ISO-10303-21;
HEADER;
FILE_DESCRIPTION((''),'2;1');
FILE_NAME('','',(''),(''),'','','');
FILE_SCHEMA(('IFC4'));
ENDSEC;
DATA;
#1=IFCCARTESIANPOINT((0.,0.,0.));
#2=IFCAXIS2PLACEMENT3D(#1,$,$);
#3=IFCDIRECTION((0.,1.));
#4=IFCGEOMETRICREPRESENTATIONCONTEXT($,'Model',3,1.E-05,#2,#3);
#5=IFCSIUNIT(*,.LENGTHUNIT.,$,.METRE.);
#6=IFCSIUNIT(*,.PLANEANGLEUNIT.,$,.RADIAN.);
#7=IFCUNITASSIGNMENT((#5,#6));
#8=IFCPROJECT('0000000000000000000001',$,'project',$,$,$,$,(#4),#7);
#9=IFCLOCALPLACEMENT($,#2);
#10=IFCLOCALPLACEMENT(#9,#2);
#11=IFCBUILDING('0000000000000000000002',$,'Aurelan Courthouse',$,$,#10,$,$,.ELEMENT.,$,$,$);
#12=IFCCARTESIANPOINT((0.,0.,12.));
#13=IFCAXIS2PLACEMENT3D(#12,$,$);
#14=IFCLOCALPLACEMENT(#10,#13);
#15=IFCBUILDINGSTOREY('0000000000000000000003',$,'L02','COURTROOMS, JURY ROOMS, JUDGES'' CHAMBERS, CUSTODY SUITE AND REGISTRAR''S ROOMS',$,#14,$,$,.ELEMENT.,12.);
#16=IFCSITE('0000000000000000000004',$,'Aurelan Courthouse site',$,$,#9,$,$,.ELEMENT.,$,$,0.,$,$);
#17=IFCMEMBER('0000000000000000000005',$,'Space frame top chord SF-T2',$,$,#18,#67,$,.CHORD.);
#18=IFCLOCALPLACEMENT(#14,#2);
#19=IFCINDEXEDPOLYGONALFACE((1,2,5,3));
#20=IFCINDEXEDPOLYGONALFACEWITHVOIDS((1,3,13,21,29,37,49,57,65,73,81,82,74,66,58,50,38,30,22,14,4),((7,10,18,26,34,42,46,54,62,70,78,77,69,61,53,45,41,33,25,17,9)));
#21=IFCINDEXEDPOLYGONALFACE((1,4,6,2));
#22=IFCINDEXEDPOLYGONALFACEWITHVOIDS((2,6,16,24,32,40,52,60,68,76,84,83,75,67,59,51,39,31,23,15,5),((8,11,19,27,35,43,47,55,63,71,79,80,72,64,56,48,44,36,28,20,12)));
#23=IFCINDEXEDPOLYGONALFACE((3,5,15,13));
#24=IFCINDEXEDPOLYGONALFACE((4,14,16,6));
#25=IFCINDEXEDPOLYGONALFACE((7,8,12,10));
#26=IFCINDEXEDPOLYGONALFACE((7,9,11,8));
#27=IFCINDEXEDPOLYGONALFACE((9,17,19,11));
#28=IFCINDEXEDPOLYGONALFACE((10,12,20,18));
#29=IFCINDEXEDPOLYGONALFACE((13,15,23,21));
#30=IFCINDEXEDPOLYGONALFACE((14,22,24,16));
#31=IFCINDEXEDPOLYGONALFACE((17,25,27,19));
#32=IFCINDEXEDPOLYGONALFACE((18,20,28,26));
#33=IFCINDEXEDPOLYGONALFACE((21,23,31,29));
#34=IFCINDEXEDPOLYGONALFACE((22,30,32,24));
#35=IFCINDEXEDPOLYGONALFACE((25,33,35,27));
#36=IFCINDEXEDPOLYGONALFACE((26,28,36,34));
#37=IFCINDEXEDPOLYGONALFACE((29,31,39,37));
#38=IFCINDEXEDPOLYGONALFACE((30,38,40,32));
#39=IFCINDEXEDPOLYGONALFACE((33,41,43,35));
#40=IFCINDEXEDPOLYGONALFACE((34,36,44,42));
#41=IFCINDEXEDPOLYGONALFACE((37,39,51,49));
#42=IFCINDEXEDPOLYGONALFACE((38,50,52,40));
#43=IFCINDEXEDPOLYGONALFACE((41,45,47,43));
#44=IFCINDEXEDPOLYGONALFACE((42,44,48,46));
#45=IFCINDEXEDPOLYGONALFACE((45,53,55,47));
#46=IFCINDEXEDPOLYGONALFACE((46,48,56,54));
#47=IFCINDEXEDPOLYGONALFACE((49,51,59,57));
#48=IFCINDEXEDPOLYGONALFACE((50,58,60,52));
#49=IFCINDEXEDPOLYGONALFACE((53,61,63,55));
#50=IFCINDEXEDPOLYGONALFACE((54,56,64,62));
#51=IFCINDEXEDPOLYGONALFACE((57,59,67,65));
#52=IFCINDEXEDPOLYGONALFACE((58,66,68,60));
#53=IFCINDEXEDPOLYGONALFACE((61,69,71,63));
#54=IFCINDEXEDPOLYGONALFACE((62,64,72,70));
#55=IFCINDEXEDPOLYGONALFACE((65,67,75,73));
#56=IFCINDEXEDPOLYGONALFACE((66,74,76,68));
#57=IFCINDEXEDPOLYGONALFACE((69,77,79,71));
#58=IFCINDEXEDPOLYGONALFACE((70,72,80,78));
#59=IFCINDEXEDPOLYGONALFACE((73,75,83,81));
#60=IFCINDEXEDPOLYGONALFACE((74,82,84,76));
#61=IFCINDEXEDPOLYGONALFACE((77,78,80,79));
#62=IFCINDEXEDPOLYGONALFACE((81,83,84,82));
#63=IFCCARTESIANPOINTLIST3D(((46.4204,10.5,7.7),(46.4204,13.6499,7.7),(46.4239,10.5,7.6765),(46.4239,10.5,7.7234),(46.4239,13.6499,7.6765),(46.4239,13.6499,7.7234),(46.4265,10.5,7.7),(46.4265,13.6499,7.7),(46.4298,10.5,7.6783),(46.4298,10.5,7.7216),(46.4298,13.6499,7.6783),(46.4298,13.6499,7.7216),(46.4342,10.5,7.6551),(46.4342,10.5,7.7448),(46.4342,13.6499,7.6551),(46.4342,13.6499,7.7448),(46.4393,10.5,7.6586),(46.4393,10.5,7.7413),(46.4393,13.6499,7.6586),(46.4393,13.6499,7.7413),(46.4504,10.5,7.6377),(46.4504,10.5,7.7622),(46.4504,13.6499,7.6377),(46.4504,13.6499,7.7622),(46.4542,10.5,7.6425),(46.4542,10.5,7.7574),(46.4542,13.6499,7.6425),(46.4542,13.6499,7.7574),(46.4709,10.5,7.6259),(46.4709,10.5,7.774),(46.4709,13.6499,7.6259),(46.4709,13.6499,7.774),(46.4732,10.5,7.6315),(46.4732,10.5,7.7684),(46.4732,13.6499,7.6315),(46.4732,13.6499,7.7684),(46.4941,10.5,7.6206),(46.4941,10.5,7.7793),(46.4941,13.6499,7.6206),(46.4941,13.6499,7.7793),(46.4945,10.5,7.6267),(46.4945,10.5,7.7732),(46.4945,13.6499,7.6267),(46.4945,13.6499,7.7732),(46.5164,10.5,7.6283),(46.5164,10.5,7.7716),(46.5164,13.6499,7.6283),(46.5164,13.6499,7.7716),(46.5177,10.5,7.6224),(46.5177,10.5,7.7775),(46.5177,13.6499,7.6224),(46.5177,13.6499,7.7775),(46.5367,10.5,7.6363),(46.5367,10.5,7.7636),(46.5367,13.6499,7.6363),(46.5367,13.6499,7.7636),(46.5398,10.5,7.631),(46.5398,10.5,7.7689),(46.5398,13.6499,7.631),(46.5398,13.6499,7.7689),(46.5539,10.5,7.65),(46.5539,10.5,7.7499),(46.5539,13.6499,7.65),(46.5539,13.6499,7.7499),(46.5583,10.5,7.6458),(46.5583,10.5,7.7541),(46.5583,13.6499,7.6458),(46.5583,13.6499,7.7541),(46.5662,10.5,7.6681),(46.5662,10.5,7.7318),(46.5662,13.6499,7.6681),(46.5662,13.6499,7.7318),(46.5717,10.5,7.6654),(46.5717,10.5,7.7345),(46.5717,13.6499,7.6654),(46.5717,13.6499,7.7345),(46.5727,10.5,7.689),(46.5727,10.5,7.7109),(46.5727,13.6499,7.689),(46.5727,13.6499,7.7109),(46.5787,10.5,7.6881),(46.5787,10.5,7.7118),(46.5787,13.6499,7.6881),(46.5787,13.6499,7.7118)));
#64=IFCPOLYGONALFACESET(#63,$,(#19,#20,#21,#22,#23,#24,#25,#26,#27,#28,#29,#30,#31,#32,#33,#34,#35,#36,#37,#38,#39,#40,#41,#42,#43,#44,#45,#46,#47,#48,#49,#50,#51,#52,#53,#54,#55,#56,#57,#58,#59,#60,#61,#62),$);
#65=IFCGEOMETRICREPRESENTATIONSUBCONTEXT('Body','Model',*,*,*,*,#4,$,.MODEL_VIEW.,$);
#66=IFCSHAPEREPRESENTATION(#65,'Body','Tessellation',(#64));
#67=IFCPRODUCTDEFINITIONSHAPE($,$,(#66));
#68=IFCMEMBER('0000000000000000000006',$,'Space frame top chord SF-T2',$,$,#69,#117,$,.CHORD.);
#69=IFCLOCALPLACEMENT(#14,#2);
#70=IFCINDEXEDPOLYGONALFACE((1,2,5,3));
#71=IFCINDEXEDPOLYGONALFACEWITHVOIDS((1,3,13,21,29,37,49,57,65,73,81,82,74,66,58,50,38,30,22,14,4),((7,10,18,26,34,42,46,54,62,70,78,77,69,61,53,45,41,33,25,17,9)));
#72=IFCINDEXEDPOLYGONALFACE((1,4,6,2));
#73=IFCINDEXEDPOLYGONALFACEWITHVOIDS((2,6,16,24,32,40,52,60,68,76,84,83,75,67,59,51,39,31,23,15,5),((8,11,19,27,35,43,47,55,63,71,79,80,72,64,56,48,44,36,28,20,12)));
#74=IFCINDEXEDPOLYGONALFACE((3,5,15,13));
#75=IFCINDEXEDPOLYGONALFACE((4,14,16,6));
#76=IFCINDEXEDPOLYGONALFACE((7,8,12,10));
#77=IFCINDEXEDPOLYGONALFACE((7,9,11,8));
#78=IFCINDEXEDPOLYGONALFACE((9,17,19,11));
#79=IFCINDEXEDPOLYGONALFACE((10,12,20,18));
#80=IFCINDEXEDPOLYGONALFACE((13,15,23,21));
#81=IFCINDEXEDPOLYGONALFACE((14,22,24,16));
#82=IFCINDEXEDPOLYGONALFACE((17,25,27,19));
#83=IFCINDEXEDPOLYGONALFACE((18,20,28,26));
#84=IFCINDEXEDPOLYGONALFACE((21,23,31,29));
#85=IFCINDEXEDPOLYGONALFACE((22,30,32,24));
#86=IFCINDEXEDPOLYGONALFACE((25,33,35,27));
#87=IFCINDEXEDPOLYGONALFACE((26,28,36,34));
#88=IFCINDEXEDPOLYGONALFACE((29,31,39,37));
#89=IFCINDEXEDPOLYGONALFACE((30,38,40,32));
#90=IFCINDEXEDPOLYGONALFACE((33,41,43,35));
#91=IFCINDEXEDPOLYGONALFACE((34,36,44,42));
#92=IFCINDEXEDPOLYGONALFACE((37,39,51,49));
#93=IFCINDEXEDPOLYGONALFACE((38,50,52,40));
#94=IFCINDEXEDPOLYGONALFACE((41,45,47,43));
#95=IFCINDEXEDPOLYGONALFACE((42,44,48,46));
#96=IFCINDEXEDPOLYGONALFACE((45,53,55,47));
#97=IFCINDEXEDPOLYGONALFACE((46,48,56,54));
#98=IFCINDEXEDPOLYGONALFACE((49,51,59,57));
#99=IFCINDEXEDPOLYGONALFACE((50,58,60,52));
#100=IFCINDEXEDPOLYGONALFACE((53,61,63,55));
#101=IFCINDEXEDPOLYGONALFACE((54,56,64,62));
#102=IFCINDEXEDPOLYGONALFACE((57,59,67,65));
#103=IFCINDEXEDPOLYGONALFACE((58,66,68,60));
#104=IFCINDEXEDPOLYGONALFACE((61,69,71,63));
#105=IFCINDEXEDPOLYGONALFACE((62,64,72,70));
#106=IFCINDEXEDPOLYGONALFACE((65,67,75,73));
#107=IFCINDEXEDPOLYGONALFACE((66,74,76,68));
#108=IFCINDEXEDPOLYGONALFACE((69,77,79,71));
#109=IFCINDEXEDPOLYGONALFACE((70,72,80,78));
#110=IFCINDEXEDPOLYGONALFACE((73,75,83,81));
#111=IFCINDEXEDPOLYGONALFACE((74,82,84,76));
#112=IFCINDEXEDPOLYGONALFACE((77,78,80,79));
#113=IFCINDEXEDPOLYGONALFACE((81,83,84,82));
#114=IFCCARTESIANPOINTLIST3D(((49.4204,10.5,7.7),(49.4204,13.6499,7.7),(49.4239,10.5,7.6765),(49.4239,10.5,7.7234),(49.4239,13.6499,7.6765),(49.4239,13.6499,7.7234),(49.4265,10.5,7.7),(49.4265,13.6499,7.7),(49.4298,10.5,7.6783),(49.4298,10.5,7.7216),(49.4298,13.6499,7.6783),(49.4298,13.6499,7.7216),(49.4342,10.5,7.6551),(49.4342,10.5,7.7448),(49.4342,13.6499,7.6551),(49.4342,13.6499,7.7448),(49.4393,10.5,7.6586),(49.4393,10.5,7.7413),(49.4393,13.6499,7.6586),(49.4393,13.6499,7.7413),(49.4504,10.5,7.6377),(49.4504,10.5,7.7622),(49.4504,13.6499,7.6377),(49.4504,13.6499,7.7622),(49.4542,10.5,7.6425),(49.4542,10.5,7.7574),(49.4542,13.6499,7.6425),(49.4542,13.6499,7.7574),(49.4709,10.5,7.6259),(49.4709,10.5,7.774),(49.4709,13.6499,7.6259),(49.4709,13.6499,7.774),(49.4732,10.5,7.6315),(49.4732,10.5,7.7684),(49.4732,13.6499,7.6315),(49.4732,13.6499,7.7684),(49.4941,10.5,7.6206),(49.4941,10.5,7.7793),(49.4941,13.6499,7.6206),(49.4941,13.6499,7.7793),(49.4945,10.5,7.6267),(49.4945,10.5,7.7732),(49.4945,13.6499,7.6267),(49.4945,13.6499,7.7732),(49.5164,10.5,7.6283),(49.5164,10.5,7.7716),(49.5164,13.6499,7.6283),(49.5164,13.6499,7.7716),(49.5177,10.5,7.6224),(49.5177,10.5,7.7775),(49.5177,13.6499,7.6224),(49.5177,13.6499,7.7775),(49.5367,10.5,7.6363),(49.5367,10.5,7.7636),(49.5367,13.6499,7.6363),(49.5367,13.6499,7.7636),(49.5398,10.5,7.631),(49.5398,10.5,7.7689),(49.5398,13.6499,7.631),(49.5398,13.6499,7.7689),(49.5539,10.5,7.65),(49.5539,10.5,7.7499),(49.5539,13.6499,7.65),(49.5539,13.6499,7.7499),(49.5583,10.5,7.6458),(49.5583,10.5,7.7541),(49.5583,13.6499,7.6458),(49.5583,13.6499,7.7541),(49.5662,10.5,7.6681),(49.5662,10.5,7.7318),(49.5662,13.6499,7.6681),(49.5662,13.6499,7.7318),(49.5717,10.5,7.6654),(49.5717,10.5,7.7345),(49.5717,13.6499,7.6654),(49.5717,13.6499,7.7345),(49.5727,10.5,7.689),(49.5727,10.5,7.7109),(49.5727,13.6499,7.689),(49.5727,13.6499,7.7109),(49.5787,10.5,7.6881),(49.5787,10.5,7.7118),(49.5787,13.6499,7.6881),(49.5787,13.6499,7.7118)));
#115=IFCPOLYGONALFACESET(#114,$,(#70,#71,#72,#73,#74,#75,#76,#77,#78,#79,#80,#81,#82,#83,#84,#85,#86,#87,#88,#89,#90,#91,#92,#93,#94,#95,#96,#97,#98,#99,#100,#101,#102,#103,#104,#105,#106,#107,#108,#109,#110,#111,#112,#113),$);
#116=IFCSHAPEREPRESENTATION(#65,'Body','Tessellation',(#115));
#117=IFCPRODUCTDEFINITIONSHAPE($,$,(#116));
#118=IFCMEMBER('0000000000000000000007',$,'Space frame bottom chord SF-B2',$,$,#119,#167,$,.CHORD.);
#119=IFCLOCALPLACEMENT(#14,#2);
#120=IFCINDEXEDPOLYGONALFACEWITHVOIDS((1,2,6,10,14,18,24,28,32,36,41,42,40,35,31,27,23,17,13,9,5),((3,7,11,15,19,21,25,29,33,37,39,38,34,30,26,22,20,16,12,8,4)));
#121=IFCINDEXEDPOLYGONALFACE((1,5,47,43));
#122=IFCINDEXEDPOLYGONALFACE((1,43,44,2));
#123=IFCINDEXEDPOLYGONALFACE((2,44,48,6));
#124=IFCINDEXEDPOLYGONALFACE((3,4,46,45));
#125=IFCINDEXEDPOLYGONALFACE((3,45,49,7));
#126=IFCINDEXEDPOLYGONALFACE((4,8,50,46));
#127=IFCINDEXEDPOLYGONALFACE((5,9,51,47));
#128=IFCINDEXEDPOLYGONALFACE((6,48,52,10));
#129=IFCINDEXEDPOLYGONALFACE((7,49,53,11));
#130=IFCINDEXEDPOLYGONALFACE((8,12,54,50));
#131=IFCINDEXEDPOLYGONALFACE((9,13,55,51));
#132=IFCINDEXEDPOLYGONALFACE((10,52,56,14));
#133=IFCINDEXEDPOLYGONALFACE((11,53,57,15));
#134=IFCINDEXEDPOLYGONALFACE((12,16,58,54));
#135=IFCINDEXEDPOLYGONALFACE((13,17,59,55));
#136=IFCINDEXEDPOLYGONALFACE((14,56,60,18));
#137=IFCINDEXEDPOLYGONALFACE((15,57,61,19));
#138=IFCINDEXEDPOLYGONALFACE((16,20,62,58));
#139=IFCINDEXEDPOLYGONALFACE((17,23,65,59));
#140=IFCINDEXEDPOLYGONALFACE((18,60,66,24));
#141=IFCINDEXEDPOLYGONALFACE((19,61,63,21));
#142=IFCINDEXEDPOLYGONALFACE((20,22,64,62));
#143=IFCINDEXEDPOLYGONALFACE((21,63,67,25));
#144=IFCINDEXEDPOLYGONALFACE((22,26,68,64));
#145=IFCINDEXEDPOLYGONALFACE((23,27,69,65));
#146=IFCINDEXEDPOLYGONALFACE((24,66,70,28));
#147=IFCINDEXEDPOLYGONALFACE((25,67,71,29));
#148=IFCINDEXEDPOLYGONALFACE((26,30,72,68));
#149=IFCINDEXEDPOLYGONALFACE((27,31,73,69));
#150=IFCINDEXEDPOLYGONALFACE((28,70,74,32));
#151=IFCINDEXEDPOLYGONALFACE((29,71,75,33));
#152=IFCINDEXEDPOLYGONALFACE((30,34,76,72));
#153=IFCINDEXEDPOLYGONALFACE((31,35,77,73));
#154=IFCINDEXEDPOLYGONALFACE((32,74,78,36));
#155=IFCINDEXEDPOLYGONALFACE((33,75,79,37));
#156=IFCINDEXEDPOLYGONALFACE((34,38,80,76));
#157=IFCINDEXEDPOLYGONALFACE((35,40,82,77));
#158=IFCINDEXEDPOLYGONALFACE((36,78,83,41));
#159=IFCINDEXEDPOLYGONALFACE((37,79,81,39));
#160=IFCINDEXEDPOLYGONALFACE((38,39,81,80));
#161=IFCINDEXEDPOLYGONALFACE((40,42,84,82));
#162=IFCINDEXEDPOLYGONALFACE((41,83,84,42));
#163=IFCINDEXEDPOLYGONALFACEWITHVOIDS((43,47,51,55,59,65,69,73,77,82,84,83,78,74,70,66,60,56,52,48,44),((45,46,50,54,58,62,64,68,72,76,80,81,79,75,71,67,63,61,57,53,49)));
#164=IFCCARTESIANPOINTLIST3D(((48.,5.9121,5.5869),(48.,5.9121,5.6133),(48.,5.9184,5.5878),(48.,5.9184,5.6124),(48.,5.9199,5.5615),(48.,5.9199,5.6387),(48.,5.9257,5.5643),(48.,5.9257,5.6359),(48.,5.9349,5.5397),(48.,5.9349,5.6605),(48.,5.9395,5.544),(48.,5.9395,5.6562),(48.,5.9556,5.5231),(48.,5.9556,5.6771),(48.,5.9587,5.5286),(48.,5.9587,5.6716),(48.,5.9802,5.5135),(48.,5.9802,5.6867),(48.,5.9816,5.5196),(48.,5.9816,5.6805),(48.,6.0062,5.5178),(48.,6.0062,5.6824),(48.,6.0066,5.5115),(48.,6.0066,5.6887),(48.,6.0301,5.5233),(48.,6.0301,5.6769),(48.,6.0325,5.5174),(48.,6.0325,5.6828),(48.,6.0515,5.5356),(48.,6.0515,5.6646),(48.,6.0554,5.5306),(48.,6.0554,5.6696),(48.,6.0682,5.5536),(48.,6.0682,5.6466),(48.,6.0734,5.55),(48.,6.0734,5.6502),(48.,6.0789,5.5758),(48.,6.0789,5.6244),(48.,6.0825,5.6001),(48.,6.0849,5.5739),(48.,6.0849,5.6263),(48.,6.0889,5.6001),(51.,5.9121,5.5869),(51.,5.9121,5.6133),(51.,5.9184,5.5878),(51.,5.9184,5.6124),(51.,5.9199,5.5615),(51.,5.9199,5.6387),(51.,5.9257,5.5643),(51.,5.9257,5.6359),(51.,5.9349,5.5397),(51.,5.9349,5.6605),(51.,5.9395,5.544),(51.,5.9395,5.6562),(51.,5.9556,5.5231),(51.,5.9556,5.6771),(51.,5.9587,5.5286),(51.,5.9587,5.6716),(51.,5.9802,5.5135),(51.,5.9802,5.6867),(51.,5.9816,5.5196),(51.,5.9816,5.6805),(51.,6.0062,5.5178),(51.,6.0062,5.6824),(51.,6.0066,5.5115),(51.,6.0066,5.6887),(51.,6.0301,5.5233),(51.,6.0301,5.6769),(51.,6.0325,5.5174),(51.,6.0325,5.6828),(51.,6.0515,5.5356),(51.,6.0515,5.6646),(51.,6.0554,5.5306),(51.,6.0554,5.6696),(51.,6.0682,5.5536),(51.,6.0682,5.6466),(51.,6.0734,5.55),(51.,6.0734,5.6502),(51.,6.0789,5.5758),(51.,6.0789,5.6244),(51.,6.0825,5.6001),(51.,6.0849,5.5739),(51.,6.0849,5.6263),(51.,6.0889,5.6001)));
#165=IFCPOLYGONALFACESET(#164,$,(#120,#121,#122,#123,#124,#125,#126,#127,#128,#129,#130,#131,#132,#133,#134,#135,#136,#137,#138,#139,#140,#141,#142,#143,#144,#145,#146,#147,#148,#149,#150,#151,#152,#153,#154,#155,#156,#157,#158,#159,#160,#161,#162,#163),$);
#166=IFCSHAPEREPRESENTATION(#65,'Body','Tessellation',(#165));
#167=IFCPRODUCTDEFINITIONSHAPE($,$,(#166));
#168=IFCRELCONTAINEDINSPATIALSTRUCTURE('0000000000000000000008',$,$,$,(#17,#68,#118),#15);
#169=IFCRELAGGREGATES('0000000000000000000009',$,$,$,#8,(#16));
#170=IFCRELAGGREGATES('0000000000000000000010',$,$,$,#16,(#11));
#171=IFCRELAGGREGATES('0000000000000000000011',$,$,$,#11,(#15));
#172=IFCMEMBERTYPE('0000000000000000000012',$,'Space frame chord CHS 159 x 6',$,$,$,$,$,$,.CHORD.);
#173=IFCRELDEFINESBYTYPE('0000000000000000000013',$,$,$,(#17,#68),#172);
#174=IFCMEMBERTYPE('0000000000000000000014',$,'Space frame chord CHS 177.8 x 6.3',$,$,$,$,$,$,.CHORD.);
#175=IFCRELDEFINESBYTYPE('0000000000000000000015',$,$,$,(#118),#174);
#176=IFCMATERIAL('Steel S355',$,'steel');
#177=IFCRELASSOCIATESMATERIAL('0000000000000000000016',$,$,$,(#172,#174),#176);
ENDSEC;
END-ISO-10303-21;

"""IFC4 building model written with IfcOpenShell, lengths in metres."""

from ifc_helpers import new_model, si_unit, direction, frame, origin, origin_2d, place, context, subcontext, project, spatial, hollow_circle, extrude, material, material_profile, profile_set, type_object, element, save


model = new_model("IFC4")

# Units and contexts
model_context = context("Model", 3, precision=1e-05, world=origin(), true_north=direction((0.0, 1.0)))
body_context = subcontext(model_context, "Body", "Model", "MODEL_VIEW")
ifc_project = project(units=[si_unit("LENGTHUNIT", "METRE"), si_unit("PLANEANGLEUNIT", "RADIAN")], contexts=[model_context])

# Site, building, storey
site_placement = place(None, origin())
site = spatial("IfcSite", under=ifc_project, at=site_placement, Name="Aurelan Courthouse site", CompositionType="ELEMENT", RefElevation=0.0)
building_placement = place(site_placement, origin())
building = spatial("IfcBuilding", under=site, at=building_placement, Name="Aurelan Courthouse", CompositionType="ELEMENT")
storey_placement = place(building_placement, frame((0.0, 0.0, 12.0)))
storey = spatial("IfcBuildingStorey", under=building, at=storey_placement, Name="L02", Description="COURTROOMS, JURY ROOMS, JUDGES' CHAMBERS, CUSTODY SUITE AND REGISTRAR'S ROOMS", CompositionType="ELEMENT", Elevation=12.0)

# Members
ifc_material_1 = material(Name="Steel S355", Category="steel")
ifc_material_profile_1 = material_profile(ifc_material_1, hollow_circle(Radius=0.0796, WallThickness=0.0061, at=origin_2d()), Name="CHS 159 x 6")
ifc_profile_set_1 = profile_set([ifc_material_profile_1], Name="Steel S355")
member_type_1 = type_object("IfcMemberType", Name="Space frame chord CHS 159 x 6", PredefinedType="CHORD", material=ifc_profile_set_1)
for number, where, z_axis, x_axis, name in (
    (1, (46.5, 10.5, 7.7), (0.0, 1.0, 0.0), (-1.0, 0.0, 0.0), "Space frame top chord SF-T2"),
    (2, (49.5, 10.5, 7.7), (0.0, 1.0, 0.0), (-1.0, 0.0, 0.0), "Space frame top chord SF-T2"),
):
    element("IfcMember", number, at=place(storey_placement, frame(where, z_axis=z_axis, x_axis=x_axis)), inside=storey, type_object=member_type_1, Name=name, PredefinedType="CHORD", context=body_context, shape_type="SweptSolid", body=[
        extrude(hollow_circle(Radius=0.0796, WallThickness=0.0061, at=origin_2d()), origin(), (0.0, 0.0, 1.0), 3.1499),
    ])
ifc_material_profile_2 = material_profile(ifc_material_1, hollow_circle(Radius=0.0889, WallThickness=0.0063, at=origin_2d()), Name="CHS 177.8 x 6.3")
ifc_profile_set_2 = profile_set([ifc_material_profile_2], Name="Steel S355")
member_type_2 = type_object("IfcMemberType", Name="Space frame chord CHS 177.8 x 6.3", PredefinedType="CHORD", material=ifc_profile_set_2)
for number, where, z_axis, x_axis, name in (
    (3, (48.0, 6.0, 5.6001), (1.0, 0.0, 0.0), (0.0, 1.0, 0.0), "Space frame bottom chord SF-B2"),
):
    element("IfcMember", number, at=place(storey_placement, frame(where, z_axis=z_axis, x_axis=x_axis)), inside=storey, type_object=member_type_2, Name=name, PredefinedType="CHORD", context=body_context, shape_type="SweptSolid", body=[
        extrude(hollow_circle(Radius=0.0889, WallThickness=0.0063, at=origin_2d()), origin(), (0.0, 0.0, 1.0), 3.0),
    ])

save(model, "model.ifc")
